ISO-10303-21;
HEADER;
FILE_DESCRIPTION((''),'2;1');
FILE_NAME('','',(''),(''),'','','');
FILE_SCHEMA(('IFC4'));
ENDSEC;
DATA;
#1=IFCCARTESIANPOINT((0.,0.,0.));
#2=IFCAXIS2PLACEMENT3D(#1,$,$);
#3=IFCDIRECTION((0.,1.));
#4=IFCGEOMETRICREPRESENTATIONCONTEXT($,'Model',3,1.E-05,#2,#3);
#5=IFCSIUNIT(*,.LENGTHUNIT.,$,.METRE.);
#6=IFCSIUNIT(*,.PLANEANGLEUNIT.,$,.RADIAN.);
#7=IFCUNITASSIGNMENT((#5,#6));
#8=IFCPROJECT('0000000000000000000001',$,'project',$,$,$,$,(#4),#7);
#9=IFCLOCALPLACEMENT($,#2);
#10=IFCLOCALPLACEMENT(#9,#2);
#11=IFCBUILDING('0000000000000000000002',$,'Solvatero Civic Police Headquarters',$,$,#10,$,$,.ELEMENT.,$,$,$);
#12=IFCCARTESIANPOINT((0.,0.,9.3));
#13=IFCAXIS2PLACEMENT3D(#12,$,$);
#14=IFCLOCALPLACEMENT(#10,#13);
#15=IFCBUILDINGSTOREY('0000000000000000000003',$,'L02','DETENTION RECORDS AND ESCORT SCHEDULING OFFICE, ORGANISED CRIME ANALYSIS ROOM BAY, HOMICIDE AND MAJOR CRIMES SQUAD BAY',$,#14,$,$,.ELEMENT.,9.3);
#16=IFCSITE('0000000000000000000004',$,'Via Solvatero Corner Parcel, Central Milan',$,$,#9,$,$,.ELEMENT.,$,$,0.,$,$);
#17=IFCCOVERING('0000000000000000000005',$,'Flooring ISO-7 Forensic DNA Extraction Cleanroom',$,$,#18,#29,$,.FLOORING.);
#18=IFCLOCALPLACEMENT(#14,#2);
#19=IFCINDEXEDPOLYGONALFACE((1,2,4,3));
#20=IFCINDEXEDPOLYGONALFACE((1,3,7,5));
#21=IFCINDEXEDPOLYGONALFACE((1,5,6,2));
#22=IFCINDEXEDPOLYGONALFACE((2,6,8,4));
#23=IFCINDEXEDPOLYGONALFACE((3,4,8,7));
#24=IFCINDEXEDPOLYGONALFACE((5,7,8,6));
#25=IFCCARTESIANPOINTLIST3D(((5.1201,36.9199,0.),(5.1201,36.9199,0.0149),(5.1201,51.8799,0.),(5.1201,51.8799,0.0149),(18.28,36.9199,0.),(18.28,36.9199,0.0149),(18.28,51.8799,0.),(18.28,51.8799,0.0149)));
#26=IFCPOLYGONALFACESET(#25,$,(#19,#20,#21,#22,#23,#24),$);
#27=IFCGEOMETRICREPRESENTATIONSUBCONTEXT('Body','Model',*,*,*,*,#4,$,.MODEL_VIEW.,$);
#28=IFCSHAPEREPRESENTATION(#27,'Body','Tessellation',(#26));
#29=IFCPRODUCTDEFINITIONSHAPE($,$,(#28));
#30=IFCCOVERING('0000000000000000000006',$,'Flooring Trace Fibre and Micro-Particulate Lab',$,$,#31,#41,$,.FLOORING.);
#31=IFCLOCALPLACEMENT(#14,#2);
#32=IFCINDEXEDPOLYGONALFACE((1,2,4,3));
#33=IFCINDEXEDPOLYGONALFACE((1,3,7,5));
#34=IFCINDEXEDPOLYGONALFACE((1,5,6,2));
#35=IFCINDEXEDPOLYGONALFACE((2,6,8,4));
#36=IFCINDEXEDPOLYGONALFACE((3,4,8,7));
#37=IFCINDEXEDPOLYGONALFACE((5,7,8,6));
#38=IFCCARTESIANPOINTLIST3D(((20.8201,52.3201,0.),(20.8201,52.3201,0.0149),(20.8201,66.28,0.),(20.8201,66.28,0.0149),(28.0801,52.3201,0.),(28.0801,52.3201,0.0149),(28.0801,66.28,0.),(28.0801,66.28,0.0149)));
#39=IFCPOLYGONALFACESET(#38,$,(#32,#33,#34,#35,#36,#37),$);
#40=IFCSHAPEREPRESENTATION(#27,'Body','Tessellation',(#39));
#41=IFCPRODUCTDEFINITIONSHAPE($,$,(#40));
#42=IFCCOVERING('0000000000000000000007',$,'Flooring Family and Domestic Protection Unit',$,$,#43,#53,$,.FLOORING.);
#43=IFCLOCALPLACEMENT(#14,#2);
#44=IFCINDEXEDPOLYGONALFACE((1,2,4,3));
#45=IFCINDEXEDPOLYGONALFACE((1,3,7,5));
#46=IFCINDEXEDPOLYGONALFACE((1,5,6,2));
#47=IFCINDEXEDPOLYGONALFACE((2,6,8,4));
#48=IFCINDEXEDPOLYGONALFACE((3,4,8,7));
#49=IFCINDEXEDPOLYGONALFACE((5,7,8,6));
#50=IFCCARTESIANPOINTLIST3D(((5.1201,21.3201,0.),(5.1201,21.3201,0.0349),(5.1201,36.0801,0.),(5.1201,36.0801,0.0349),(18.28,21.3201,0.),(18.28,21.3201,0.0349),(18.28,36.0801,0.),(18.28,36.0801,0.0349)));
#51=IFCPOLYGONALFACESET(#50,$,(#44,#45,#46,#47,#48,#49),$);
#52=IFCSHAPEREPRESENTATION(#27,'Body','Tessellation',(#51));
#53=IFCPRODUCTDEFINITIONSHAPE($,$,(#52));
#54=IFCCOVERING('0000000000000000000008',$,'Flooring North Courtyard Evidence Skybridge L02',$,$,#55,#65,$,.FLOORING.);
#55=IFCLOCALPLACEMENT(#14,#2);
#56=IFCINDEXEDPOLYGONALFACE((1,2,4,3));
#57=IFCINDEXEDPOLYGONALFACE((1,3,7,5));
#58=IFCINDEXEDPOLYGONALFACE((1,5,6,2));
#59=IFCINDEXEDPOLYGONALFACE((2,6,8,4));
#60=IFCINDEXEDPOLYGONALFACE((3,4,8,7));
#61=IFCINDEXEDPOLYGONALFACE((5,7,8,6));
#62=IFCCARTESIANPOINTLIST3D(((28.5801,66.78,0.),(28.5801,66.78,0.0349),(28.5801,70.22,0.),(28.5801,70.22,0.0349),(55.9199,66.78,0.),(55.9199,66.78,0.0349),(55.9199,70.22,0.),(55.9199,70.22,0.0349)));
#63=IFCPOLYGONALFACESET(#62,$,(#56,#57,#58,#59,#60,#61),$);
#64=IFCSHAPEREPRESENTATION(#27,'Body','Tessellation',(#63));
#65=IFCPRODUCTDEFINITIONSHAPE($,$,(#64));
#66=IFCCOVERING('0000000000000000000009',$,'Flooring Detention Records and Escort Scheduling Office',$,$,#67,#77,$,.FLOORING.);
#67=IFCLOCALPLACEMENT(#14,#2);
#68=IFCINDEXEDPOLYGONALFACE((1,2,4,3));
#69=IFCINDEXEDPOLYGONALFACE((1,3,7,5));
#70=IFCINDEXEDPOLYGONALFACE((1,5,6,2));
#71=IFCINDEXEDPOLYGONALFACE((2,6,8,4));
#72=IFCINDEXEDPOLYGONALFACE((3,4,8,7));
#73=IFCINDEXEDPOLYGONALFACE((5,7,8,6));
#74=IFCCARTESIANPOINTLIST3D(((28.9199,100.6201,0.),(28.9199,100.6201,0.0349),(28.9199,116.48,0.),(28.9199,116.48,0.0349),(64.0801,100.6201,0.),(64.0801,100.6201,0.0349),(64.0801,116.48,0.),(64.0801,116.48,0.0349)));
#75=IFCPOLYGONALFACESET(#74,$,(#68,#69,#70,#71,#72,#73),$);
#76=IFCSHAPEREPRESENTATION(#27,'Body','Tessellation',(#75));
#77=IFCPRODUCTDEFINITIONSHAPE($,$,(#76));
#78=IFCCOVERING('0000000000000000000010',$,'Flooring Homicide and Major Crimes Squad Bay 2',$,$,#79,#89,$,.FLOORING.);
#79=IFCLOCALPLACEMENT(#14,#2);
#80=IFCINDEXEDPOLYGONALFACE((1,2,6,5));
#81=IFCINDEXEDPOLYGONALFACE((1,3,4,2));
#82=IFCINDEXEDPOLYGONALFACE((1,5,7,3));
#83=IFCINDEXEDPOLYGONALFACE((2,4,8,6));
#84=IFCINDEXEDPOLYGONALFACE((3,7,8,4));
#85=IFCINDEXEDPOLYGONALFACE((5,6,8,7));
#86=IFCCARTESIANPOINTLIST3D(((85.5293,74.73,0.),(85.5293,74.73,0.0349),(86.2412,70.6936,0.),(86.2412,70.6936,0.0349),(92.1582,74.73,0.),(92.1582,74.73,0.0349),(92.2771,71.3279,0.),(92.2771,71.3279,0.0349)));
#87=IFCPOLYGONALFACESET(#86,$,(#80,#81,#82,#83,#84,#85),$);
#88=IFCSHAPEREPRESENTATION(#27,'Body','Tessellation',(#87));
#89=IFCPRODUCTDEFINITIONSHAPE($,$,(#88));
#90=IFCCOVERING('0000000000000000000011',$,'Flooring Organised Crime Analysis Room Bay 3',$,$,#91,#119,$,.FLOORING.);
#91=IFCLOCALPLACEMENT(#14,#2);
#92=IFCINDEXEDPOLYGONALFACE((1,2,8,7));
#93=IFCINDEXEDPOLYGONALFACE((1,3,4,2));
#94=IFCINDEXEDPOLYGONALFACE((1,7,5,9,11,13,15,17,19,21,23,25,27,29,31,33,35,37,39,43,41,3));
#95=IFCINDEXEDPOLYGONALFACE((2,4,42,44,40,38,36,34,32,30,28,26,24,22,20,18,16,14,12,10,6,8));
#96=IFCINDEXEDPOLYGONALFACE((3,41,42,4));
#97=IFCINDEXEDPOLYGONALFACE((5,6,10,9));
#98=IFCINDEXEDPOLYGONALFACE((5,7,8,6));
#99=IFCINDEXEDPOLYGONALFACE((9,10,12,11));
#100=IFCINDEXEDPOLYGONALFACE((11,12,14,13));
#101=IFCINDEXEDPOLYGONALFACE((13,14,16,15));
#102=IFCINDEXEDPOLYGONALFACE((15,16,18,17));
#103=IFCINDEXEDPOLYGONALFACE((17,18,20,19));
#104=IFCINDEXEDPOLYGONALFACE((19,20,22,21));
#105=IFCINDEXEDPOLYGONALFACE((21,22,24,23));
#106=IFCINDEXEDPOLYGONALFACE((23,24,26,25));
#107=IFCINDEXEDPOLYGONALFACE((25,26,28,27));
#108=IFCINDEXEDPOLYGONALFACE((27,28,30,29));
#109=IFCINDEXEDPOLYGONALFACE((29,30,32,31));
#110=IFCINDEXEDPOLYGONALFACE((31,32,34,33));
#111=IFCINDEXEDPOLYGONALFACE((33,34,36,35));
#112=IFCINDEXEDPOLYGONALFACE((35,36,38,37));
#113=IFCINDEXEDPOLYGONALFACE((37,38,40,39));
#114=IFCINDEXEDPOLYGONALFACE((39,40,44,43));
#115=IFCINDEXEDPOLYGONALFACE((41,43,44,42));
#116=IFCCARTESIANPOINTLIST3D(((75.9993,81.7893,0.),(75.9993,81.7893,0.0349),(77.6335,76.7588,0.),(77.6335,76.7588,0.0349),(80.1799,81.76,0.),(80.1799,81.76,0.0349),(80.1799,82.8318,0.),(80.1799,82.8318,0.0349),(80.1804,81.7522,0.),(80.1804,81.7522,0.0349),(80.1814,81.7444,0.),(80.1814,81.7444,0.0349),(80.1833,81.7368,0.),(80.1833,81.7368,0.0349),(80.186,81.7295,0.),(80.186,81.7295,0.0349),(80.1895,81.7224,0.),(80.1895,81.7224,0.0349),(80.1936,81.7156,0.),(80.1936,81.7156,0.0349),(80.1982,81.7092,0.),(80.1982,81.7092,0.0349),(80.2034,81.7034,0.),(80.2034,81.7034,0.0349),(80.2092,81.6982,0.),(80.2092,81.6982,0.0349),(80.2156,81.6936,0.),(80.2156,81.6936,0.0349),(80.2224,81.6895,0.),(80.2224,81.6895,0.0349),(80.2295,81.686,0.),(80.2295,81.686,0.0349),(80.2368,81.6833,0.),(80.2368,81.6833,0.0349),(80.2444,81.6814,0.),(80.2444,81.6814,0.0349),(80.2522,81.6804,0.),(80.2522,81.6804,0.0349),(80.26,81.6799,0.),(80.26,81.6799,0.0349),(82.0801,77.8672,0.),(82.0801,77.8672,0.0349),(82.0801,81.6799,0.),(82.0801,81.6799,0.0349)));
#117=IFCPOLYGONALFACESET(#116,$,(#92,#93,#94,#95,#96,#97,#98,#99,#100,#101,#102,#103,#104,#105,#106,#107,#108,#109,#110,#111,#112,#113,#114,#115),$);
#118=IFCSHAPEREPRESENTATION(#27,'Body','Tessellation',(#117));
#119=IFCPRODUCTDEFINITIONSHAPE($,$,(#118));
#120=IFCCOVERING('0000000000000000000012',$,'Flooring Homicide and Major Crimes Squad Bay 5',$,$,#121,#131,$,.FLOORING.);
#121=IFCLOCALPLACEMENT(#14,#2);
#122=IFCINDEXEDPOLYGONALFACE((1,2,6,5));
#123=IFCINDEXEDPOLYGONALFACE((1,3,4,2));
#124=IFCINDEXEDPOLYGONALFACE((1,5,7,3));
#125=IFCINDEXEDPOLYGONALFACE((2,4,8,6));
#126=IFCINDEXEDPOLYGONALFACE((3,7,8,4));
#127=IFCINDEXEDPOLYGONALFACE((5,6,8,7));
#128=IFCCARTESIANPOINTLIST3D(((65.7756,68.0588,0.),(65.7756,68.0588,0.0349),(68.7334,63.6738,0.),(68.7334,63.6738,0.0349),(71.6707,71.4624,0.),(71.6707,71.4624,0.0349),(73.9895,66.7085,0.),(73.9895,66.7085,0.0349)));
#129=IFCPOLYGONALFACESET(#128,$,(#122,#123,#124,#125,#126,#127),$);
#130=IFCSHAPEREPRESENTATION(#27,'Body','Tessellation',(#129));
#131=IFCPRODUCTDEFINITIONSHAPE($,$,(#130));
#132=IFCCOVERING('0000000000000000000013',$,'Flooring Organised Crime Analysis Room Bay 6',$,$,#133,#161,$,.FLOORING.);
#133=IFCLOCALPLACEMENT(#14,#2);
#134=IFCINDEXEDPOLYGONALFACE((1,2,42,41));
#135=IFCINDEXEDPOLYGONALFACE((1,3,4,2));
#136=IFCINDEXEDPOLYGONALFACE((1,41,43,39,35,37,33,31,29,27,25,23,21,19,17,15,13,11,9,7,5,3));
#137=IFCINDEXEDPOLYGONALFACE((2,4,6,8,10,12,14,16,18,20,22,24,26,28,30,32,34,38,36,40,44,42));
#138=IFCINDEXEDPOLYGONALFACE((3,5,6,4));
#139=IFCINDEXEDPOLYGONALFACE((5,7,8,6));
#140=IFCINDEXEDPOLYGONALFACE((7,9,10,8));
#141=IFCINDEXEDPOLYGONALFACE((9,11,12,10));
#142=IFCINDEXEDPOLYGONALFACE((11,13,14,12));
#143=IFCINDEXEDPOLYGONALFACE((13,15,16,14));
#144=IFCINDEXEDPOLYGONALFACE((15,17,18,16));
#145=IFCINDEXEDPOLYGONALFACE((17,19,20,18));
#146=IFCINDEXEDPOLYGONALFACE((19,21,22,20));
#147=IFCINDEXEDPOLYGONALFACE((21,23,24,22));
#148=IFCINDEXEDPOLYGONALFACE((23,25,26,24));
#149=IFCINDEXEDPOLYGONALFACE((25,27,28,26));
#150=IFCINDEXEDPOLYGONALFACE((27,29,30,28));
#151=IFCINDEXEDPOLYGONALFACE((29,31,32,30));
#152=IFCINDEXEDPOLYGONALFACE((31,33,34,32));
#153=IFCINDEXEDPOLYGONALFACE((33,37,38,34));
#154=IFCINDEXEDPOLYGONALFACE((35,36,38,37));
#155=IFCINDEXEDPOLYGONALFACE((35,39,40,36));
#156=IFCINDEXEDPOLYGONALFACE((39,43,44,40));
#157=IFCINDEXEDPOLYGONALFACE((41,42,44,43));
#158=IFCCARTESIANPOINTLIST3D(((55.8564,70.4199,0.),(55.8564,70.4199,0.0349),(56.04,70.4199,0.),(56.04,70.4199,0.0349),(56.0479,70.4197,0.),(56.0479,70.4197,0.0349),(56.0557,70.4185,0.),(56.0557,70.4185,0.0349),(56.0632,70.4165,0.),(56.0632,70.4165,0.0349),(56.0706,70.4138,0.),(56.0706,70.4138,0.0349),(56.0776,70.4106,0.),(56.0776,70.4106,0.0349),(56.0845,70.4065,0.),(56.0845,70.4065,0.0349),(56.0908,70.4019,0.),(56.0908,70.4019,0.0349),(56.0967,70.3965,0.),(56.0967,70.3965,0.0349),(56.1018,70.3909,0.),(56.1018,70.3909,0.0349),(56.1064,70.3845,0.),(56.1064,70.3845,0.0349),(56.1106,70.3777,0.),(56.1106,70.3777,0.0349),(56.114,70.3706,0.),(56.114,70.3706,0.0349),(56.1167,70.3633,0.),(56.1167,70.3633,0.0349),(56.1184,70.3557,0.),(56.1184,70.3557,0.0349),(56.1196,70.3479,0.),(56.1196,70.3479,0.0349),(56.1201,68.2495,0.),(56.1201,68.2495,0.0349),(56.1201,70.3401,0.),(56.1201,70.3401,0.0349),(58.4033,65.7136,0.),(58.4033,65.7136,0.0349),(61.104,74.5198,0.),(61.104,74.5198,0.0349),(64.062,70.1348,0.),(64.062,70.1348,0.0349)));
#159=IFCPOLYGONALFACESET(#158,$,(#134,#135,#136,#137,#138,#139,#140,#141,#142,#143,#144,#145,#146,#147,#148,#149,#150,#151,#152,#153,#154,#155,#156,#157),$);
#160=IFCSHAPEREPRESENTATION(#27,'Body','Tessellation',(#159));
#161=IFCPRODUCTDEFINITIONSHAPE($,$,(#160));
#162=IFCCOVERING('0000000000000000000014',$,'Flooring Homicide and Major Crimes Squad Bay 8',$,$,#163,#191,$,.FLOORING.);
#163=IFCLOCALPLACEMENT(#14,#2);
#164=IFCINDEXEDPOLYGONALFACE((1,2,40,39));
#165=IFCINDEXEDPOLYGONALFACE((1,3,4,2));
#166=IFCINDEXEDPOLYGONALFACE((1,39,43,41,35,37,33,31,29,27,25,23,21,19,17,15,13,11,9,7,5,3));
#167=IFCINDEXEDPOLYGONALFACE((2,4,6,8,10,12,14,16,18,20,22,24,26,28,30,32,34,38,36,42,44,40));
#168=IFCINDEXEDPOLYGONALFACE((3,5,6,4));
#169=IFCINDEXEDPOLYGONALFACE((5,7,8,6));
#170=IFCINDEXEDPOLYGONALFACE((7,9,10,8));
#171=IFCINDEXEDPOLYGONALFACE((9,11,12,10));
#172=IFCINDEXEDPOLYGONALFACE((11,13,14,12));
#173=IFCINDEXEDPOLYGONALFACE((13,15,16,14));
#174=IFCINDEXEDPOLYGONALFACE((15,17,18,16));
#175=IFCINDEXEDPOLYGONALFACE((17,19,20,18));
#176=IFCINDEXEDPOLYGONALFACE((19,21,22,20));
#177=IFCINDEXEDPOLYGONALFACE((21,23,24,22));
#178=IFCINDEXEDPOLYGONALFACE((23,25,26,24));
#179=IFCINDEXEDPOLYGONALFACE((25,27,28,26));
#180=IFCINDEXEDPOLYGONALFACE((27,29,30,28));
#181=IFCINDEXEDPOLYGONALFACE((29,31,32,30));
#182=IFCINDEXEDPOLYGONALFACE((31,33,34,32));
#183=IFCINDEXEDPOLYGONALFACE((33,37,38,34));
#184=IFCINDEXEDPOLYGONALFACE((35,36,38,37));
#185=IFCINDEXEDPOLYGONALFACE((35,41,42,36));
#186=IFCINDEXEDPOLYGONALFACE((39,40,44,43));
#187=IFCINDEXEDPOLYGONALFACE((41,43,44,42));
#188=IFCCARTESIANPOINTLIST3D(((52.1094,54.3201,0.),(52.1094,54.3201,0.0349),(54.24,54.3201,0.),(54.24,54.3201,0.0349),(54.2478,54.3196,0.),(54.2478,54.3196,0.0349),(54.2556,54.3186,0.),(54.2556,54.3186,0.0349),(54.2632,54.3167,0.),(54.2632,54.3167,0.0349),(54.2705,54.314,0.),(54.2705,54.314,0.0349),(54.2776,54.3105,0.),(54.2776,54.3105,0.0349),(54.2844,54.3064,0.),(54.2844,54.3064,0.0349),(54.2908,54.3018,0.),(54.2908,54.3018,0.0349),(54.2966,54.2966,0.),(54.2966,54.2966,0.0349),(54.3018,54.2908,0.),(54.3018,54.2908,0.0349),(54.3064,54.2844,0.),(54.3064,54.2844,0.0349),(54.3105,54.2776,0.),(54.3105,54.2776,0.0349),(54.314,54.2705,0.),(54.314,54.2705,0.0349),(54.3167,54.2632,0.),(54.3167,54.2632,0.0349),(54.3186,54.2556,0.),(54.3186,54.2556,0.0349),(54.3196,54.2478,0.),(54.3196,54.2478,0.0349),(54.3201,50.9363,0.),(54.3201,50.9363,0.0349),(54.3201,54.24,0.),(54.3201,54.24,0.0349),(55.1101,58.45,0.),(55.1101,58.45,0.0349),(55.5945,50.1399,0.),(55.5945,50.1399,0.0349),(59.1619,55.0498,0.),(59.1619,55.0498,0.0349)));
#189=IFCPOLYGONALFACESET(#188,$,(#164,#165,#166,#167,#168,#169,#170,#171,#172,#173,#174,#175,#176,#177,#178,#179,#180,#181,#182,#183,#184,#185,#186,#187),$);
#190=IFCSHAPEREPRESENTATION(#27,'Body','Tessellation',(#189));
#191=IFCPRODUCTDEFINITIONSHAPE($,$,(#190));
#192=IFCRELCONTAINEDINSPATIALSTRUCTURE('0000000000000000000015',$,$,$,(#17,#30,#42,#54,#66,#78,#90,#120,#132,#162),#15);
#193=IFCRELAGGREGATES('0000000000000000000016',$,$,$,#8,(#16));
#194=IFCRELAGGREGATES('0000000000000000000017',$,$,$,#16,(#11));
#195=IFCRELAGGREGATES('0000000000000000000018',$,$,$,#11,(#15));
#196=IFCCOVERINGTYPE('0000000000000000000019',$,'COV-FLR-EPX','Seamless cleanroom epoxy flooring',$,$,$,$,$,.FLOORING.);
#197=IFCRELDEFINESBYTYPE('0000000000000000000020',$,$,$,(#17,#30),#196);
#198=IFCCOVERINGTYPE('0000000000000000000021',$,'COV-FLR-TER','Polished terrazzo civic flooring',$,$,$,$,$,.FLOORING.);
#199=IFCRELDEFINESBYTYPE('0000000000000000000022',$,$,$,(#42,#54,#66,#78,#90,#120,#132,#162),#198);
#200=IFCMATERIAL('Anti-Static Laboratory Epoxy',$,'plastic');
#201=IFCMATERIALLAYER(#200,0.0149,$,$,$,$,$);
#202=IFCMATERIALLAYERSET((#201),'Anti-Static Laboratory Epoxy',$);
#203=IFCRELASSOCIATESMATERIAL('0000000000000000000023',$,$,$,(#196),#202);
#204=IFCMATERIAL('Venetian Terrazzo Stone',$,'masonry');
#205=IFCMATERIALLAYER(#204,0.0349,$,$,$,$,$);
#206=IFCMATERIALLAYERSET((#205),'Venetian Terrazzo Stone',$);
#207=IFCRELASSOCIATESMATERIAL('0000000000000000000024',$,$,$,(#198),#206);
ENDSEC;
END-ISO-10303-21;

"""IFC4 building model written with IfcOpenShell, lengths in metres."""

from ifc_helpers import new_model, si_unit, direction, frame, origin, place, context, subcontext, project, spatial, polyline, outline, extrude, material, layer, layer_set, type_object, element, save


model = new_model("IFC4")

# Units and contexts
model_context = context("Model", 3, precision=1e-05, world=origin(), true_north=direction((0.0, 1.0)))
body_context = subcontext(model_context, "Body", "Model", "MODEL_VIEW")
ifc_project = project(units=[si_unit("LENGTHUNIT", "METRE"), si_unit("PLANEANGLEUNIT", "RADIAN")], contexts=[model_context])

# Site, building, storey
site_placement = place(None, origin())
site = spatial("IfcSite", under=ifc_project, at=site_placement, Name="Via Solvatero Corner Parcel, Central Milan", CompositionType="ELEMENT", RefElevation=0.0)
building_placement = place(site_placement, origin())
building = spatial("IfcBuilding", under=site, at=building_placement, Name="Solvatero Civic Police Headquarters", CompositionType="ELEMENT")
storey_placement = place(building_placement, frame((0.0, 0.0, 9.3)))
storey = spatial("IfcBuildingStorey", under=building, at=storey_placement, Name="L02", Description="DETENTION RECORDS AND ESCORT SCHEDULING OFFICE, ORGANISED CRIME ANALYSIS ROOM BAY, HOMICIDE AND MAJOR CRIMES SQUAD BAY", CompositionType="ELEMENT", Elevation=9.3)

# Coverings
ifc_material_1 = material(Name="Anti-Static Laboratory Epoxy", Category="plastic")
ifc_layer_1 = layer(ifc_material_1, 0.0149)
ifc_layer_set_1 = layer_set([ifc_layer_1], Name="Anti-Static Laboratory Epoxy")
covering_type_1 = type_object("IfcCoveringType", Name="COV-FLR-EPX", Description="Seamless cleanroom epoxy flooring", PredefinedType="FLOORING", material=ifc_layer_set_1)
covering_1_placement = place(storey_placement, origin())
element("IfcCovering", 1, at=covering_1_placement, inside=storey, type_object=covering_type_1, Name="Flooring ISO-7 Forensic DNA Extraction Cleanroom", PredefinedType="FLOORING", context=body_context, shape_type="SweptSolid", body=[
    extrude(outline(polyline([(5.1201, 36.9199), (5.1201, 51.8799), (18.28, 51.8799), (18.28, 36.9199), (5.1201, 36.9199)])), origin(), (0.0, 0.0, 1.0), 0.0149),
])
covering_2_placement = place(storey_placement, origin())
element("IfcCovering", 2, at=covering_2_placement, inside=storey, type_object=covering_type_1, Name="Flooring Trace Fibre and Micro-Particulate Lab", PredefinedType="FLOORING", context=body_context, shape_type="SweptSolid", body=[
    extrude(outline(polyline([(28.0801, 66.28), (28.0801, 52.3201), (20.8201, 52.3201), (20.8201, 66.28), (28.0801, 66.28)])), origin(), (0.0, 0.0, 1.0), 0.0149),
])
ifc_material_2 = material(Name="Venetian Terrazzo Stone", Category="masonry")
ifc_layer_2 = layer(ifc_material_2, 0.0349)
ifc_layer_set_2 = layer_set([ifc_layer_2], Name="Venetian Terrazzo Stone")
covering_type_2 = type_object("IfcCoveringType", Name="COV-FLR-TER", Description="Polished terrazzo civic flooring", PredefinedType="FLOORING", material=ifc_layer_set_2)
covering_3_placement = place(storey_placement, origin())
element("IfcCovering", 3, at=covering_3_placement, inside=storey, type_object=covering_type_2, Name="Flooring Family and Domestic Protection Unit", PredefinedType="FLOORING", context=body_context, shape_type="SweptSolid", body=[
    extrude(outline(polyline([(5.1201, 21.3201), (5.1201, 36.0801), (18.28, 36.0801), (18.28, 21.3201), (5.1201, 21.3201)])), origin(), (0.0, 0.0, 1.0), 0.0349),
])
covering_4_placement = place(storey_placement, origin())
element("IfcCovering", 4, at=covering_4_placement, inside=storey, type_object=covering_type_2, Name="Flooring North Courtyard Evidence Skybridge L02", PredefinedType="FLOORING", context=body_context, shape_type="SweptSolid", body=[
    extrude(outline(polyline([(28.5801, 66.78), (28.5801, 70.22), (55.9199, 70.22), (55.9199, 66.78), (28.5801, 66.78)])), origin(), (0.0, 0.0, 1.0), 0.0349),
])
covering_5_placement = place(storey_placement, origin())
element("IfcCovering", 5, at=covering_5_placement, inside=storey, type_object=covering_type_2, Name="Flooring Detention Records and Escort Scheduling Office", PredefinedType="FLOORING", context=body_context, shape_type="SweptSolid", body=[
    extrude(outline(polyline([(28.9199, 100.6201), (28.9199, 116.48), (64.0801, 116.48), (64.0801, 100.6201), (28.9199, 100.6201)])), origin(), (0.0, 0.0, 1.0), 0.0349),
])
covering_6_placement = place(storey_placement, origin())
element("IfcCovering", 6, at=covering_6_placement, inside=storey, type_object=covering_type_2, Name="Flooring Homicide and Major Crimes Squad Bay 2", PredefinedType="FLOORING", context=body_context, shape_type="SweptSolid", body=[
    extrude(outline(polyline([(86.2412, 70.6936), (85.5293, 74.73), (92.1582, 74.73), (92.2771, 71.3279), (86.2412, 70.6936)])), origin(), (0.0, 0.0, 1.0), 0.0349),
])
covering_7_placement = place(storey_placement, origin())
element("IfcCovering", 7, at=covering_7_placement, inside=storey, type_object=covering_type_2, Name="Flooring Organised Crime Analysis Room Bay 3", PredefinedType="FLOORING", context=body_context, shape_type="SweptSolid", body=[
    extrude(outline(polyline([(77.6335, 76.7588), (75.9993, 81.7893), (80.1799, 82.8318), (80.1799, 81.76), (80.1804, 81.7522), (80.1814, 81.7444), (80.1833, 81.7368), (80.186, 81.7295), (80.1895, 81.7224), (80.1936, 81.7156), (80.1982, 81.7092), (80.2034, 81.7034), (80.2092, 81.6982), (80.2156, 81.6936), (80.2224, 81.6895), (80.2295, 81.686), (80.2368, 81.6833), (80.2444, 81.6814), (80.2522, 81.6804), (80.26, 81.6799), (82.0801, 81.6799), (82.0801, 77.8672), (77.6335, 76.7588)])), origin(), (0.0, 0.0, 1.0), 0.0349),
])
covering_8_placement = place(storey_placement, origin())
element("IfcCovering", 8, at=covering_8_placement, inside=storey, type_object=covering_type_2, Name="Flooring Homicide and Major Crimes Squad Bay 5", PredefinedType="FLOORING", context=body_context, shape_type="SweptSolid", body=[
    extrude(outline(polyline([(68.7334, 63.6738), (65.7756, 68.0588), (71.6707, 71.4624), (73.9895, 66.7085), (68.7334, 63.6738)])), origin(), (0.0, 0.0, 1.0), 0.0349),
])
covering_9_placement = place(storey_placement, origin())
element("IfcCovering", 9, at=covering_9_placement, inside=storey, type_object=covering_type_2, Name="Flooring Organised Crime Analysis Room Bay 6", PredefinedType="FLOORING", context=body_context, shape_type="SweptSolid", body=[
    extrude(outline(polyline([(61.104, 74.5198), (64.062, 70.1348), (58.4033, 65.7136), (56.1201, 68.2495), (56.1201, 70.3401), (56.1196, 70.3479), (56.1184, 70.3557), (56.1167, 70.3633), (56.114, 70.3706), (56.1106, 70.3777), (56.1064, 70.3845), (56.1018, 70.3909), (56.0967, 70.3965), (56.0908, 70.4019), (56.0845, 70.4065), (56.0776, 70.4106), (56.0706, 70.4138), (56.0632, 70.4165), (56.0557, 70.4185), (56.0479, 70.4197), (56.04, 70.4199), (55.8564, 70.4199), (61.104, 74.5198)])), origin(), (0.0, 0.0, 1.0), 0.0349),
])
covering_10_placement = place(storey_placement, origin())
element("IfcCovering", 10, at=covering_10_placement, inside=storey, type_object=covering_type_2, Name="Flooring Homicide and Major Crimes Squad Bay 8", PredefinedType="FLOORING", context=body_context, shape_type="SweptSolid", body=[
    extrude(outline(polyline([(55.1101, 58.45), (59.1619, 55.0498), (55.5945, 50.1399), (54.3201, 50.9363), (54.3201, 54.24), (54.3196, 54.2478), (54.3186, 54.2556), (54.3167, 54.2632), (54.314, 54.2705), (54.3105, 54.2776), (54.3064, 54.2844), (54.3018, 54.2908), (54.2966, 54.2966), (54.2908, 54.3018), (54.2844, 54.3064), (54.2776, 54.3105), (54.2705, 54.314), (54.2632, 54.3167), (54.2556, 54.3186), (54.2478, 54.3196), (54.24, 54.3201), (52.1094, 54.3201), (55.1101, 58.45)])), origin(), (0.0, 0.0, 1.0), 0.0349),
])

save(model, "model.ifc")
